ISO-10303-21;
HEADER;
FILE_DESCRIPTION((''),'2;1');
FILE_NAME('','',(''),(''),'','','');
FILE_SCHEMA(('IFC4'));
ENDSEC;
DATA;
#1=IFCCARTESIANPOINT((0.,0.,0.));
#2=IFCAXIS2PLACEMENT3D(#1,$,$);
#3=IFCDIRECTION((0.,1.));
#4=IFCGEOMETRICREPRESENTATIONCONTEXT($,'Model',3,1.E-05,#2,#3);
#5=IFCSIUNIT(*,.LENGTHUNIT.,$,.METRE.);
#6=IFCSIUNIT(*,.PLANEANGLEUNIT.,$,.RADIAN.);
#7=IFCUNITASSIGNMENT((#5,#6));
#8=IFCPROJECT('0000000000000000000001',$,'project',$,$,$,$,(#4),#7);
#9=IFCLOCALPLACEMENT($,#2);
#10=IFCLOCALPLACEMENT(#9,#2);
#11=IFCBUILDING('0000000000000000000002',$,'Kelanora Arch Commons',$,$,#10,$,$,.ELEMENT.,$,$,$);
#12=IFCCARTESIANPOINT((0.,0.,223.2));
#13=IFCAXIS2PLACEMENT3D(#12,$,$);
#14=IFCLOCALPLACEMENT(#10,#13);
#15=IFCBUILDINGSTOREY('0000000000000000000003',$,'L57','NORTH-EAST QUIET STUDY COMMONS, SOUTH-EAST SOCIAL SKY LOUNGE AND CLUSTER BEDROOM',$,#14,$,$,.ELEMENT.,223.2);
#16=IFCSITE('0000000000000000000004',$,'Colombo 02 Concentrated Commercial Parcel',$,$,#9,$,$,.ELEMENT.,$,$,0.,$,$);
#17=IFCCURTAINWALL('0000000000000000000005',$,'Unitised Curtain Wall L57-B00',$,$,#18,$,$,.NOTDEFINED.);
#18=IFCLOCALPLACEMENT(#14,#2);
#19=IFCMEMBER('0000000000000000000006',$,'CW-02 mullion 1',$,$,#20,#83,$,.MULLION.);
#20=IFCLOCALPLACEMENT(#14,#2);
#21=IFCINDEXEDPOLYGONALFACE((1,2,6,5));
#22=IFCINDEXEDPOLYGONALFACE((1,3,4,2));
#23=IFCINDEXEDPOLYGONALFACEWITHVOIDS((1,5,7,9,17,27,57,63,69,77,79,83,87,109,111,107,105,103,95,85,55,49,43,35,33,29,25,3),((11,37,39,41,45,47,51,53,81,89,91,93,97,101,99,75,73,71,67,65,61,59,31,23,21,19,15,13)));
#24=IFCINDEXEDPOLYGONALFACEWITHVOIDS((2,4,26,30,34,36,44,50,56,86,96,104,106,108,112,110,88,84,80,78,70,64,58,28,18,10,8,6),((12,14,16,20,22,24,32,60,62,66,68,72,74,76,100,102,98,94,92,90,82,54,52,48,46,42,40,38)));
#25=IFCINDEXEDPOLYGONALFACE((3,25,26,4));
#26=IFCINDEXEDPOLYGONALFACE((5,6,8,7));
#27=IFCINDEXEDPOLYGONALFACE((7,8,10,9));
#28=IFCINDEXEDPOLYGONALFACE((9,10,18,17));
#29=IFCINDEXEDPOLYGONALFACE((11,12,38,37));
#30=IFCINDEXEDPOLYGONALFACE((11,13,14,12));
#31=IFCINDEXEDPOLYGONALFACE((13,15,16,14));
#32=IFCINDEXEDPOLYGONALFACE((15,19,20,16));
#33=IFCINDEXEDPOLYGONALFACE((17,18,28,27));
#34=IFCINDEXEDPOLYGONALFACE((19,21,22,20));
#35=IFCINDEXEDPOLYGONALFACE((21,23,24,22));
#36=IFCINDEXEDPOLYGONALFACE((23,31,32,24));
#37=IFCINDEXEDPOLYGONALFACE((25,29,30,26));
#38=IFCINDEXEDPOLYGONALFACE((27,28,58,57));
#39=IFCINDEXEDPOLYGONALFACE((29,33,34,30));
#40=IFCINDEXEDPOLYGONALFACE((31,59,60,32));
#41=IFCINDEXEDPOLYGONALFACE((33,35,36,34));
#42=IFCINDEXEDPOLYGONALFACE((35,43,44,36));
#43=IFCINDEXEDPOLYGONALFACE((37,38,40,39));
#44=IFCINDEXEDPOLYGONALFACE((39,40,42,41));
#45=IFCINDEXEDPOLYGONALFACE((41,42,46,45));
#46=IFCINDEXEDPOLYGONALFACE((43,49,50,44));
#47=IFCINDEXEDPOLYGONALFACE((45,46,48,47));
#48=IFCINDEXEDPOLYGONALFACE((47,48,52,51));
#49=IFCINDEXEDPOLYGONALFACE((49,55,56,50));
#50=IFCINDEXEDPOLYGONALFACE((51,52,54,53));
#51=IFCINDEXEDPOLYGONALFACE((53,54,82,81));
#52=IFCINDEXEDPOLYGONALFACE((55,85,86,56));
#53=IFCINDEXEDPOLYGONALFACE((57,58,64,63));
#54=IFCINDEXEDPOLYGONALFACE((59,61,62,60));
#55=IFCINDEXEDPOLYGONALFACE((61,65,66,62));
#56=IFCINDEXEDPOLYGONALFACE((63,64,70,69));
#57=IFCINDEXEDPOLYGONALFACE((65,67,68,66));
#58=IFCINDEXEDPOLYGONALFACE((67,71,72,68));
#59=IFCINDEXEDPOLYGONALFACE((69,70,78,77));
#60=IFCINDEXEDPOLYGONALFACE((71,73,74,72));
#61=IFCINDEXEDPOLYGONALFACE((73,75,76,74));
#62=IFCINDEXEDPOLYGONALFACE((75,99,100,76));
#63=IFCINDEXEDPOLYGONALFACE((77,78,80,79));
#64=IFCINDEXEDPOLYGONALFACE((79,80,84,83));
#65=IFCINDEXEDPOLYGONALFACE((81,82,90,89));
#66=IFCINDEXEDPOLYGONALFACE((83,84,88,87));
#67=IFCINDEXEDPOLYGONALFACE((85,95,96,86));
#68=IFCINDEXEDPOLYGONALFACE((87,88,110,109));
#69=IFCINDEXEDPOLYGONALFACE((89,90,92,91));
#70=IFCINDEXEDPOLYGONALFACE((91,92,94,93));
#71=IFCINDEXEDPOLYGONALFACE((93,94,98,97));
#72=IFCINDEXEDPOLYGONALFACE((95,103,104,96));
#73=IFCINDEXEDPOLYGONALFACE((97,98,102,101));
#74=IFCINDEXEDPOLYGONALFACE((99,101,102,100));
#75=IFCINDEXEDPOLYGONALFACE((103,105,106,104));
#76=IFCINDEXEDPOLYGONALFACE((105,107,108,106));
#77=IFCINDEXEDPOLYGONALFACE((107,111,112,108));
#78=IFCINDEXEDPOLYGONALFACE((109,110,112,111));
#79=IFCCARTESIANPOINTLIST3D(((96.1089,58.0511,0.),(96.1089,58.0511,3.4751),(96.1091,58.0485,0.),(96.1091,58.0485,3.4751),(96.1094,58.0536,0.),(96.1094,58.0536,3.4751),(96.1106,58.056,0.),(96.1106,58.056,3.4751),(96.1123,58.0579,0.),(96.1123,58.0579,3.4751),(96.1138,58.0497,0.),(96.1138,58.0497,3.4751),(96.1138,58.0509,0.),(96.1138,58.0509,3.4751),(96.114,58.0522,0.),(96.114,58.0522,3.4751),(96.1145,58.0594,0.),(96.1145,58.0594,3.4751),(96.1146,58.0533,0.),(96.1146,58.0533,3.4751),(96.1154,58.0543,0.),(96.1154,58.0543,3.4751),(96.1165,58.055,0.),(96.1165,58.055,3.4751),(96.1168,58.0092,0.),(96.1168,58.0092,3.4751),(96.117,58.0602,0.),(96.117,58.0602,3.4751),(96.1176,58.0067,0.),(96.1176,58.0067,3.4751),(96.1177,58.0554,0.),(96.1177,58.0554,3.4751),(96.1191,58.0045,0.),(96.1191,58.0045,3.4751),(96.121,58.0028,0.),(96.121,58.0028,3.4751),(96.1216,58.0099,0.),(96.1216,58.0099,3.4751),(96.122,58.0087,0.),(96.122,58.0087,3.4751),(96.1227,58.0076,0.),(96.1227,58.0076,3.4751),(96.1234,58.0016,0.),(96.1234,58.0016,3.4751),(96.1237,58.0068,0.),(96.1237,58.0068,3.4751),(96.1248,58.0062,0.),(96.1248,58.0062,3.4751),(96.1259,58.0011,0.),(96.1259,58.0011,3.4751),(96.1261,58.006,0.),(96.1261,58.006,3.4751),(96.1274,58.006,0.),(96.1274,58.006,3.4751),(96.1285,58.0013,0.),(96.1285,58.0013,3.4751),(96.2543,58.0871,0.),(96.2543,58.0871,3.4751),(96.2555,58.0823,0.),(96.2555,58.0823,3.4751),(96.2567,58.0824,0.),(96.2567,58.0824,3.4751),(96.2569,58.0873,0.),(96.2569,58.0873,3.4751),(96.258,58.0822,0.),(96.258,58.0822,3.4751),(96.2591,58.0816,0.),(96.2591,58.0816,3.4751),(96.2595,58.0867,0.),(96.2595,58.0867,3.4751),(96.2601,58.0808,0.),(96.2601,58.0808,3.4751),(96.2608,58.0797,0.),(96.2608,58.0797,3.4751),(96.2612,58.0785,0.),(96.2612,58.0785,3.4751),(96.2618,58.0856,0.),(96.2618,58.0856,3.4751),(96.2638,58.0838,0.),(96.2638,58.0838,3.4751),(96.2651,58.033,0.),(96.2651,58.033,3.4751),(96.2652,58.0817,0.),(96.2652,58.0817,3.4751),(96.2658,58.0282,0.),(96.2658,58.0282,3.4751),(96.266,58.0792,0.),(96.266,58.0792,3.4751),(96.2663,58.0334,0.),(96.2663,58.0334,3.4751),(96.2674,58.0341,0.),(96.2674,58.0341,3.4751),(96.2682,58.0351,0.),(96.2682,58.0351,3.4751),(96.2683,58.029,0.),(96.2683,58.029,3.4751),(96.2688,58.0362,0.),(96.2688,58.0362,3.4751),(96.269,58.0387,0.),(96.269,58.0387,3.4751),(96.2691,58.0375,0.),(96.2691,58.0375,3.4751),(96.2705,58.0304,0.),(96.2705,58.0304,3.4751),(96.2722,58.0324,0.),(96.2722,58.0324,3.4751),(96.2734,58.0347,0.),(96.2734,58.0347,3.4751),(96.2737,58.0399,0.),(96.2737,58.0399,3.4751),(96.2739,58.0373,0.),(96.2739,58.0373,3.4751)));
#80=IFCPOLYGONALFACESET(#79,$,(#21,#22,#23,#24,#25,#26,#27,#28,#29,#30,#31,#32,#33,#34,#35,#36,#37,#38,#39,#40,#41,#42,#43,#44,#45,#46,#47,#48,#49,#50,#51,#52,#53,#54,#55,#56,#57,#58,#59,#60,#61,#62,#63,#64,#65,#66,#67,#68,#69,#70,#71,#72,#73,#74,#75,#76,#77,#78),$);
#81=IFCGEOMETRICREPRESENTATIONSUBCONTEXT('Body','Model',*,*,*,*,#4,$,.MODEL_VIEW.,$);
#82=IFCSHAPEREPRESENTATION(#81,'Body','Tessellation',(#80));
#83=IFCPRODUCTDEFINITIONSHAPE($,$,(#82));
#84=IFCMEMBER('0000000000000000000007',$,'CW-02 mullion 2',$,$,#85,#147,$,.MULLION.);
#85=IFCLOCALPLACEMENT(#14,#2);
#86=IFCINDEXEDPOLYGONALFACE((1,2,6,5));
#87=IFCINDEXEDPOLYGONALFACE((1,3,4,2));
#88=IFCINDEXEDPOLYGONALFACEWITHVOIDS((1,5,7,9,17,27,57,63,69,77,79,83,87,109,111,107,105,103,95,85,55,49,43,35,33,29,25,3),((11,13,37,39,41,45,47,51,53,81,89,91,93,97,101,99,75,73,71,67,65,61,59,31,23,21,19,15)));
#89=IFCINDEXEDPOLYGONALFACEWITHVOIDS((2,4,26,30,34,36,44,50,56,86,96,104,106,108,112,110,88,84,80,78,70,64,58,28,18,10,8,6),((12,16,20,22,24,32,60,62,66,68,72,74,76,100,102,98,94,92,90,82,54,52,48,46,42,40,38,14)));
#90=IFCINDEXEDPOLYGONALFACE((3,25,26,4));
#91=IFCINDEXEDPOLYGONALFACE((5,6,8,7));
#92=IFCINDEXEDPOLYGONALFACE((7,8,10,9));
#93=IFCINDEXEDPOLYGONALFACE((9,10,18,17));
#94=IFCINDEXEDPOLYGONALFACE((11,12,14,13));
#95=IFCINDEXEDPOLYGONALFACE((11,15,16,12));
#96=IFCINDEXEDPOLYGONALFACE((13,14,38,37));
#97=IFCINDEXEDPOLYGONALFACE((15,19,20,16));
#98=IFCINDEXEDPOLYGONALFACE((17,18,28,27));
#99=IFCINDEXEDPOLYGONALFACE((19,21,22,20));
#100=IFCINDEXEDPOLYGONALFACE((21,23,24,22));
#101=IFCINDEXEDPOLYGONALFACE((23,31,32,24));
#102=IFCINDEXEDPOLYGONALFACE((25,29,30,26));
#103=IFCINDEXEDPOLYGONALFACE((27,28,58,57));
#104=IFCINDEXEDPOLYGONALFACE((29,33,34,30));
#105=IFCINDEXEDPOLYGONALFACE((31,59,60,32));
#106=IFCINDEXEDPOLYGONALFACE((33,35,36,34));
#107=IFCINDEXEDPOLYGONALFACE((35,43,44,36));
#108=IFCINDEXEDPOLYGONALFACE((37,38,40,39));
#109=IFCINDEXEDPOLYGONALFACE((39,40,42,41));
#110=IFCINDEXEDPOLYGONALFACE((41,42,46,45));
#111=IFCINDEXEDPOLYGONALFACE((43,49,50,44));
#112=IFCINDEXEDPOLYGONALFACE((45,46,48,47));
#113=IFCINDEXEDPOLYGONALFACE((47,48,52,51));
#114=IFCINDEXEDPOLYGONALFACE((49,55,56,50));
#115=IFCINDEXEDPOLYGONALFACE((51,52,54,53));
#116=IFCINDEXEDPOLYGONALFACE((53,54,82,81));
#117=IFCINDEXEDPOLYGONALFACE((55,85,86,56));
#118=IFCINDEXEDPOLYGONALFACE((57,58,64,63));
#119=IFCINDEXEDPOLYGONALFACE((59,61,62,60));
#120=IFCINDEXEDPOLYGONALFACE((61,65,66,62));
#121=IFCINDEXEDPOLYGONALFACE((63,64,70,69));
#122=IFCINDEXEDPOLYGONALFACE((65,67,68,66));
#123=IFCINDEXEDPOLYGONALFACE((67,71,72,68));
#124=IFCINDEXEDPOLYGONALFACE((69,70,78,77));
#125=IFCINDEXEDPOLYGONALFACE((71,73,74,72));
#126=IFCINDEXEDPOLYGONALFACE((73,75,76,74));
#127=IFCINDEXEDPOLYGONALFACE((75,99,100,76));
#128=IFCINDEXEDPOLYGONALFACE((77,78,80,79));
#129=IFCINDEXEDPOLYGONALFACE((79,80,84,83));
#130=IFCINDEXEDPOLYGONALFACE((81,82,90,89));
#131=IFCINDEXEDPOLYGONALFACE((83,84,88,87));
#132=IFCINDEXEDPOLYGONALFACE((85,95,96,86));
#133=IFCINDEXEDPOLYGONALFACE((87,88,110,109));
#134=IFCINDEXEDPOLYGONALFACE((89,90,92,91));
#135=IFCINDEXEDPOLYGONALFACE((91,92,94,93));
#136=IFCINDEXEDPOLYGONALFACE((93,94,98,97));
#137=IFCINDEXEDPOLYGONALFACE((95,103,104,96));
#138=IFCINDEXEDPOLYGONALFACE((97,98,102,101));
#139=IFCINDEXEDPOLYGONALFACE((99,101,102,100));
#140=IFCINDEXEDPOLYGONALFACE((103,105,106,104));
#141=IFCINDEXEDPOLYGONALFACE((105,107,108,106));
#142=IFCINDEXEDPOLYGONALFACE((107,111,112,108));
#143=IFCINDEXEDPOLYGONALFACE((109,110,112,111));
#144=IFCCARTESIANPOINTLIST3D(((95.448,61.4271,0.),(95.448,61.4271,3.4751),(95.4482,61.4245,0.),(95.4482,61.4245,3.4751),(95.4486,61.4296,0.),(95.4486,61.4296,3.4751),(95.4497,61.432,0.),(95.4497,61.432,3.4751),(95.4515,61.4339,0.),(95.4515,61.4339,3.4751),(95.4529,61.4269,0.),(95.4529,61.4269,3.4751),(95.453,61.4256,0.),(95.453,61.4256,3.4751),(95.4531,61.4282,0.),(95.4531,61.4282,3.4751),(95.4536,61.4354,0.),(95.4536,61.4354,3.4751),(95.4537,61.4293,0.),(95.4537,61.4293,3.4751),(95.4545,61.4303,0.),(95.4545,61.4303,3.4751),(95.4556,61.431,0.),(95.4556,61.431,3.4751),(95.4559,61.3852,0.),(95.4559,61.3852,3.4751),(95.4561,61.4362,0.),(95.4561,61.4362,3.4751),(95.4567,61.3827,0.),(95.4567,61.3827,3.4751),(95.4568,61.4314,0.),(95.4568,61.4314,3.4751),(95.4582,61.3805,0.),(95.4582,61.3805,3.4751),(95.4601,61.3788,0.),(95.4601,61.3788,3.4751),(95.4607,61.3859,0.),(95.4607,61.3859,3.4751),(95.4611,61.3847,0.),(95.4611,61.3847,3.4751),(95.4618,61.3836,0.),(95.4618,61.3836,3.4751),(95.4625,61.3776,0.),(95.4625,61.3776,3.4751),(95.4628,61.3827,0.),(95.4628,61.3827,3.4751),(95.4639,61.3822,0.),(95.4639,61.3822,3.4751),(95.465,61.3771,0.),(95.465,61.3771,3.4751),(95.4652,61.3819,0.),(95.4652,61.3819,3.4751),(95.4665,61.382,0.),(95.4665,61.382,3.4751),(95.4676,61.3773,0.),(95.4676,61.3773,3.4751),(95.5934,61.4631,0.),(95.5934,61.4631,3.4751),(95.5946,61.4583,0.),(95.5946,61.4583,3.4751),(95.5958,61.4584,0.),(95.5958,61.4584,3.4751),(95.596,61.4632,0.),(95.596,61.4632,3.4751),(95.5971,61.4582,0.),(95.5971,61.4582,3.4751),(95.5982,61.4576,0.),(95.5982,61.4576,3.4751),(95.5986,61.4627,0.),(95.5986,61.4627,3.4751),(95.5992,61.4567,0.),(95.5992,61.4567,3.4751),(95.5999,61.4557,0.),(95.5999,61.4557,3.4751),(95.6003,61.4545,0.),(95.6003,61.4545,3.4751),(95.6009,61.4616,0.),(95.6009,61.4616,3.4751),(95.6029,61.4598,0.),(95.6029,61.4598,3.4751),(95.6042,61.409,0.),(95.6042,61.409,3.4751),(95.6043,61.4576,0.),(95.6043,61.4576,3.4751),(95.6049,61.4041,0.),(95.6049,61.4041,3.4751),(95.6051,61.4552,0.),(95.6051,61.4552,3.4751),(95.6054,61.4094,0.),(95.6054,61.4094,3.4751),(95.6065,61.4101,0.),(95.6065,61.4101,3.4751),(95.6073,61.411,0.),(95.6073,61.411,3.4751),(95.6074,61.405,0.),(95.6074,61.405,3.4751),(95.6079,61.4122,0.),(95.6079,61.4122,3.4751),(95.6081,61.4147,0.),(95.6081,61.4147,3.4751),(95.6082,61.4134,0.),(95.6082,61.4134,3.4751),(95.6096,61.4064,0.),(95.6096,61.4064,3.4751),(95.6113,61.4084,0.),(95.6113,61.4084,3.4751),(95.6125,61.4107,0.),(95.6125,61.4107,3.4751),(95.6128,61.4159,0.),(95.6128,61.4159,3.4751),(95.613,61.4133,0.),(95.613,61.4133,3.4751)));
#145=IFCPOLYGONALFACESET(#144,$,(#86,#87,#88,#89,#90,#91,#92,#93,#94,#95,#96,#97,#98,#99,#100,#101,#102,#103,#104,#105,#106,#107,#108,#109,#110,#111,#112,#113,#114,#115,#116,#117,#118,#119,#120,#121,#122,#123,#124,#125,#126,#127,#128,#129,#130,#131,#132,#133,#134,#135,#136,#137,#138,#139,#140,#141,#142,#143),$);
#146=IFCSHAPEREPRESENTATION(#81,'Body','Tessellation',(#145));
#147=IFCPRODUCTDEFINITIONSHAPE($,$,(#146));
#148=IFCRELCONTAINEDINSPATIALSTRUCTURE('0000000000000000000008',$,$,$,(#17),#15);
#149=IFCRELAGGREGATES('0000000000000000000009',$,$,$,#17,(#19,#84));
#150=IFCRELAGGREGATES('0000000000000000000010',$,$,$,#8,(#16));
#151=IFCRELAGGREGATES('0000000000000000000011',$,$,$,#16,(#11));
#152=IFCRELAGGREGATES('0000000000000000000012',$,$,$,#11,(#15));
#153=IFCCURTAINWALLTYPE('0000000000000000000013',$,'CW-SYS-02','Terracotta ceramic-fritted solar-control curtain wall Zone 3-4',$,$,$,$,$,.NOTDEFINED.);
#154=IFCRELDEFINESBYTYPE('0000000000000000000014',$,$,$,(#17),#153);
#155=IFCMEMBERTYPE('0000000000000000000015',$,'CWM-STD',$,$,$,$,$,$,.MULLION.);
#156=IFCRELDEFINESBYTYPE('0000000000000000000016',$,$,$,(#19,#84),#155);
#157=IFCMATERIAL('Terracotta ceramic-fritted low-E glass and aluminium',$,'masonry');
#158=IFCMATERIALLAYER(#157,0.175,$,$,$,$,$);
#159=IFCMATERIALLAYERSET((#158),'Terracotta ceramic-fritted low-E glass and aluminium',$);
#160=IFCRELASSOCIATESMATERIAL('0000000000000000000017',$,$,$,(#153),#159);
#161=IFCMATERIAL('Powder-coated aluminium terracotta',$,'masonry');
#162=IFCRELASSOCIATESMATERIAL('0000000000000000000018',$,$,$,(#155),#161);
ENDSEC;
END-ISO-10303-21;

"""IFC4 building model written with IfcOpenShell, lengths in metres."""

from ifc_helpers import new_model, si_unit, direction, frame, origin, origin_2d, place, context, subcontext, project, spatial, hollow_rectangle, extrude, material, layer, layer_set, material_profile, profile_set, type_object, element, aggregate, save


model = new_model("IFC4")

# Units and contexts
model_context = context("Model", 3, precision=1e-05, world=origin(), true_north=direction((0.0, 1.0)))
body_context = subcontext(model_context, "Body", "Model", "MODEL_VIEW")
ifc_project = project(units=[si_unit("LENGTHUNIT", "METRE"), si_unit("PLANEANGLEUNIT", "RADIAN")], contexts=[model_context])

# Site, building, storey
site_placement = place(None, origin())
site = spatial("IfcSite", under=ifc_project, at=site_placement, Name="Colombo 02 Concentrated Commercial Parcel", CompositionType="ELEMENT", RefElevation=0.0)
building_placement = place(site_placement, origin())
building = spatial("IfcBuilding", under=site, at=building_placement, Name="Kelanora Arch Commons", CompositionType="ELEMENT")
storey_placement = place(building_placement, frame((0.0, 0.0, 223.2)))
storey = spatial("IfcBuildingStorey", under=building, at=storey_placement, Name="L57", Description="NORTH-EAST QUIET STUDY COMMONS, SOUTH-EAST SOCIAL SKY LOUNGE AND CLUSTER BEDROOM", CompositionType="ELEMENT", Elevation=223.2)

# Curtain wall, members
ifc_material_1 = material(Name="Terracotta ceramic-fritted low-E glass and aluminium", Category="masonry")
ifc_layer_1 = layer(ifc_material_1, 0.175)
ifc_layer_set_1 = layer_set([ifc_layer_1], Name="Terracotta ceramic-fritted low-E glass and aluminium")
curtain_wall_type = type_object("IfcCurtainWallType", Name="CW-SYS-02", Description="Terracotta ceramic-fritted solar-control curtain wall Zone 3-4", PredefinedType="NOTDEFINED", material=ifc_layer_set_1)
curtain_wall_placement = place(storey_placement, origin())
curtain_wall = element("IfcCurtainWall", 1, at=curtain_wall_placement, inside=storey, type_object=curtain_wall_type, Name="Unitised Curtain Wall L57-B00", PredefinedType="NOTDEFINED")
ifc_material_2 = material(Name="Powder-coated aluminium terracotta", Category="masonry")
ifc_material_profile_1 = material_profile(ifc_material_2, hollow_rectangle(XDim=0.1599, YDim=0.0601, WallThickness=0.0049, InnerFilletRadius=0.0049, OuterFilletRadius=0.01, at=origin_2d()), Name="CWM160x60")
ifc_profile_set_1 = profile_set([ifc_material_profile_1], Name="Powder-coated aluminium terracotta")
member_type_1 = type_object("IfcMemberType", Name="CWM-STD", PredefinedType="MULLION", material=ifc_profile_set_1)
member_1_placement = place(storey_placement, frame((96.1914, 58.0442, 0.0), z_axis=(0.0, 0.0, 1.0), x_axis=(-0.981381, -0.192069, 0.0)))
member_1 = element("IfcMember", 2, at=member_1_placement, type_object=member_type_1, Name="CW-02 mullion 1", PredefinedType="MULLION", context=body_context, shape_type="SweptSolid", body=[
    extrude(hollow_rectangle(XDim=0.1599, YDim=0.0601, WallThickness=0.0049, InnerFilletRadius=0.0049, OuterFilletRadius=0.01, at=origin_2d()), origin(), (0.0, 0.0, 1.0), 3.4751),
])
member_2_placement = place(storey_placement, frame((95.5305, 61.4202, 0.0), z_axis=(0.0, 0.0, 1.0), x_axis=(-0.981381, -0.192069, 0.0)))
member_2 = element("IfcMember", 3, at=member_2_placement, type_object=member_type_1, Name="CW-02 mullion 2", PredefinedType="MULLION", context=body_context, shape_type="SweptSolid", body=[
    extrude(hollow_rectangle(XDim=0.1599, YDim=0.0601, WallThickness=0.0049, InnerFilletRadius=0.0049, OuterFilletRadius=0.01, at=origin_2d()), origin(), (0.0, 0.0, 1.0), 3.4751),
])
aggregate(curtain_wall, [member_1, member_2])

save(model, "model.ifc")
